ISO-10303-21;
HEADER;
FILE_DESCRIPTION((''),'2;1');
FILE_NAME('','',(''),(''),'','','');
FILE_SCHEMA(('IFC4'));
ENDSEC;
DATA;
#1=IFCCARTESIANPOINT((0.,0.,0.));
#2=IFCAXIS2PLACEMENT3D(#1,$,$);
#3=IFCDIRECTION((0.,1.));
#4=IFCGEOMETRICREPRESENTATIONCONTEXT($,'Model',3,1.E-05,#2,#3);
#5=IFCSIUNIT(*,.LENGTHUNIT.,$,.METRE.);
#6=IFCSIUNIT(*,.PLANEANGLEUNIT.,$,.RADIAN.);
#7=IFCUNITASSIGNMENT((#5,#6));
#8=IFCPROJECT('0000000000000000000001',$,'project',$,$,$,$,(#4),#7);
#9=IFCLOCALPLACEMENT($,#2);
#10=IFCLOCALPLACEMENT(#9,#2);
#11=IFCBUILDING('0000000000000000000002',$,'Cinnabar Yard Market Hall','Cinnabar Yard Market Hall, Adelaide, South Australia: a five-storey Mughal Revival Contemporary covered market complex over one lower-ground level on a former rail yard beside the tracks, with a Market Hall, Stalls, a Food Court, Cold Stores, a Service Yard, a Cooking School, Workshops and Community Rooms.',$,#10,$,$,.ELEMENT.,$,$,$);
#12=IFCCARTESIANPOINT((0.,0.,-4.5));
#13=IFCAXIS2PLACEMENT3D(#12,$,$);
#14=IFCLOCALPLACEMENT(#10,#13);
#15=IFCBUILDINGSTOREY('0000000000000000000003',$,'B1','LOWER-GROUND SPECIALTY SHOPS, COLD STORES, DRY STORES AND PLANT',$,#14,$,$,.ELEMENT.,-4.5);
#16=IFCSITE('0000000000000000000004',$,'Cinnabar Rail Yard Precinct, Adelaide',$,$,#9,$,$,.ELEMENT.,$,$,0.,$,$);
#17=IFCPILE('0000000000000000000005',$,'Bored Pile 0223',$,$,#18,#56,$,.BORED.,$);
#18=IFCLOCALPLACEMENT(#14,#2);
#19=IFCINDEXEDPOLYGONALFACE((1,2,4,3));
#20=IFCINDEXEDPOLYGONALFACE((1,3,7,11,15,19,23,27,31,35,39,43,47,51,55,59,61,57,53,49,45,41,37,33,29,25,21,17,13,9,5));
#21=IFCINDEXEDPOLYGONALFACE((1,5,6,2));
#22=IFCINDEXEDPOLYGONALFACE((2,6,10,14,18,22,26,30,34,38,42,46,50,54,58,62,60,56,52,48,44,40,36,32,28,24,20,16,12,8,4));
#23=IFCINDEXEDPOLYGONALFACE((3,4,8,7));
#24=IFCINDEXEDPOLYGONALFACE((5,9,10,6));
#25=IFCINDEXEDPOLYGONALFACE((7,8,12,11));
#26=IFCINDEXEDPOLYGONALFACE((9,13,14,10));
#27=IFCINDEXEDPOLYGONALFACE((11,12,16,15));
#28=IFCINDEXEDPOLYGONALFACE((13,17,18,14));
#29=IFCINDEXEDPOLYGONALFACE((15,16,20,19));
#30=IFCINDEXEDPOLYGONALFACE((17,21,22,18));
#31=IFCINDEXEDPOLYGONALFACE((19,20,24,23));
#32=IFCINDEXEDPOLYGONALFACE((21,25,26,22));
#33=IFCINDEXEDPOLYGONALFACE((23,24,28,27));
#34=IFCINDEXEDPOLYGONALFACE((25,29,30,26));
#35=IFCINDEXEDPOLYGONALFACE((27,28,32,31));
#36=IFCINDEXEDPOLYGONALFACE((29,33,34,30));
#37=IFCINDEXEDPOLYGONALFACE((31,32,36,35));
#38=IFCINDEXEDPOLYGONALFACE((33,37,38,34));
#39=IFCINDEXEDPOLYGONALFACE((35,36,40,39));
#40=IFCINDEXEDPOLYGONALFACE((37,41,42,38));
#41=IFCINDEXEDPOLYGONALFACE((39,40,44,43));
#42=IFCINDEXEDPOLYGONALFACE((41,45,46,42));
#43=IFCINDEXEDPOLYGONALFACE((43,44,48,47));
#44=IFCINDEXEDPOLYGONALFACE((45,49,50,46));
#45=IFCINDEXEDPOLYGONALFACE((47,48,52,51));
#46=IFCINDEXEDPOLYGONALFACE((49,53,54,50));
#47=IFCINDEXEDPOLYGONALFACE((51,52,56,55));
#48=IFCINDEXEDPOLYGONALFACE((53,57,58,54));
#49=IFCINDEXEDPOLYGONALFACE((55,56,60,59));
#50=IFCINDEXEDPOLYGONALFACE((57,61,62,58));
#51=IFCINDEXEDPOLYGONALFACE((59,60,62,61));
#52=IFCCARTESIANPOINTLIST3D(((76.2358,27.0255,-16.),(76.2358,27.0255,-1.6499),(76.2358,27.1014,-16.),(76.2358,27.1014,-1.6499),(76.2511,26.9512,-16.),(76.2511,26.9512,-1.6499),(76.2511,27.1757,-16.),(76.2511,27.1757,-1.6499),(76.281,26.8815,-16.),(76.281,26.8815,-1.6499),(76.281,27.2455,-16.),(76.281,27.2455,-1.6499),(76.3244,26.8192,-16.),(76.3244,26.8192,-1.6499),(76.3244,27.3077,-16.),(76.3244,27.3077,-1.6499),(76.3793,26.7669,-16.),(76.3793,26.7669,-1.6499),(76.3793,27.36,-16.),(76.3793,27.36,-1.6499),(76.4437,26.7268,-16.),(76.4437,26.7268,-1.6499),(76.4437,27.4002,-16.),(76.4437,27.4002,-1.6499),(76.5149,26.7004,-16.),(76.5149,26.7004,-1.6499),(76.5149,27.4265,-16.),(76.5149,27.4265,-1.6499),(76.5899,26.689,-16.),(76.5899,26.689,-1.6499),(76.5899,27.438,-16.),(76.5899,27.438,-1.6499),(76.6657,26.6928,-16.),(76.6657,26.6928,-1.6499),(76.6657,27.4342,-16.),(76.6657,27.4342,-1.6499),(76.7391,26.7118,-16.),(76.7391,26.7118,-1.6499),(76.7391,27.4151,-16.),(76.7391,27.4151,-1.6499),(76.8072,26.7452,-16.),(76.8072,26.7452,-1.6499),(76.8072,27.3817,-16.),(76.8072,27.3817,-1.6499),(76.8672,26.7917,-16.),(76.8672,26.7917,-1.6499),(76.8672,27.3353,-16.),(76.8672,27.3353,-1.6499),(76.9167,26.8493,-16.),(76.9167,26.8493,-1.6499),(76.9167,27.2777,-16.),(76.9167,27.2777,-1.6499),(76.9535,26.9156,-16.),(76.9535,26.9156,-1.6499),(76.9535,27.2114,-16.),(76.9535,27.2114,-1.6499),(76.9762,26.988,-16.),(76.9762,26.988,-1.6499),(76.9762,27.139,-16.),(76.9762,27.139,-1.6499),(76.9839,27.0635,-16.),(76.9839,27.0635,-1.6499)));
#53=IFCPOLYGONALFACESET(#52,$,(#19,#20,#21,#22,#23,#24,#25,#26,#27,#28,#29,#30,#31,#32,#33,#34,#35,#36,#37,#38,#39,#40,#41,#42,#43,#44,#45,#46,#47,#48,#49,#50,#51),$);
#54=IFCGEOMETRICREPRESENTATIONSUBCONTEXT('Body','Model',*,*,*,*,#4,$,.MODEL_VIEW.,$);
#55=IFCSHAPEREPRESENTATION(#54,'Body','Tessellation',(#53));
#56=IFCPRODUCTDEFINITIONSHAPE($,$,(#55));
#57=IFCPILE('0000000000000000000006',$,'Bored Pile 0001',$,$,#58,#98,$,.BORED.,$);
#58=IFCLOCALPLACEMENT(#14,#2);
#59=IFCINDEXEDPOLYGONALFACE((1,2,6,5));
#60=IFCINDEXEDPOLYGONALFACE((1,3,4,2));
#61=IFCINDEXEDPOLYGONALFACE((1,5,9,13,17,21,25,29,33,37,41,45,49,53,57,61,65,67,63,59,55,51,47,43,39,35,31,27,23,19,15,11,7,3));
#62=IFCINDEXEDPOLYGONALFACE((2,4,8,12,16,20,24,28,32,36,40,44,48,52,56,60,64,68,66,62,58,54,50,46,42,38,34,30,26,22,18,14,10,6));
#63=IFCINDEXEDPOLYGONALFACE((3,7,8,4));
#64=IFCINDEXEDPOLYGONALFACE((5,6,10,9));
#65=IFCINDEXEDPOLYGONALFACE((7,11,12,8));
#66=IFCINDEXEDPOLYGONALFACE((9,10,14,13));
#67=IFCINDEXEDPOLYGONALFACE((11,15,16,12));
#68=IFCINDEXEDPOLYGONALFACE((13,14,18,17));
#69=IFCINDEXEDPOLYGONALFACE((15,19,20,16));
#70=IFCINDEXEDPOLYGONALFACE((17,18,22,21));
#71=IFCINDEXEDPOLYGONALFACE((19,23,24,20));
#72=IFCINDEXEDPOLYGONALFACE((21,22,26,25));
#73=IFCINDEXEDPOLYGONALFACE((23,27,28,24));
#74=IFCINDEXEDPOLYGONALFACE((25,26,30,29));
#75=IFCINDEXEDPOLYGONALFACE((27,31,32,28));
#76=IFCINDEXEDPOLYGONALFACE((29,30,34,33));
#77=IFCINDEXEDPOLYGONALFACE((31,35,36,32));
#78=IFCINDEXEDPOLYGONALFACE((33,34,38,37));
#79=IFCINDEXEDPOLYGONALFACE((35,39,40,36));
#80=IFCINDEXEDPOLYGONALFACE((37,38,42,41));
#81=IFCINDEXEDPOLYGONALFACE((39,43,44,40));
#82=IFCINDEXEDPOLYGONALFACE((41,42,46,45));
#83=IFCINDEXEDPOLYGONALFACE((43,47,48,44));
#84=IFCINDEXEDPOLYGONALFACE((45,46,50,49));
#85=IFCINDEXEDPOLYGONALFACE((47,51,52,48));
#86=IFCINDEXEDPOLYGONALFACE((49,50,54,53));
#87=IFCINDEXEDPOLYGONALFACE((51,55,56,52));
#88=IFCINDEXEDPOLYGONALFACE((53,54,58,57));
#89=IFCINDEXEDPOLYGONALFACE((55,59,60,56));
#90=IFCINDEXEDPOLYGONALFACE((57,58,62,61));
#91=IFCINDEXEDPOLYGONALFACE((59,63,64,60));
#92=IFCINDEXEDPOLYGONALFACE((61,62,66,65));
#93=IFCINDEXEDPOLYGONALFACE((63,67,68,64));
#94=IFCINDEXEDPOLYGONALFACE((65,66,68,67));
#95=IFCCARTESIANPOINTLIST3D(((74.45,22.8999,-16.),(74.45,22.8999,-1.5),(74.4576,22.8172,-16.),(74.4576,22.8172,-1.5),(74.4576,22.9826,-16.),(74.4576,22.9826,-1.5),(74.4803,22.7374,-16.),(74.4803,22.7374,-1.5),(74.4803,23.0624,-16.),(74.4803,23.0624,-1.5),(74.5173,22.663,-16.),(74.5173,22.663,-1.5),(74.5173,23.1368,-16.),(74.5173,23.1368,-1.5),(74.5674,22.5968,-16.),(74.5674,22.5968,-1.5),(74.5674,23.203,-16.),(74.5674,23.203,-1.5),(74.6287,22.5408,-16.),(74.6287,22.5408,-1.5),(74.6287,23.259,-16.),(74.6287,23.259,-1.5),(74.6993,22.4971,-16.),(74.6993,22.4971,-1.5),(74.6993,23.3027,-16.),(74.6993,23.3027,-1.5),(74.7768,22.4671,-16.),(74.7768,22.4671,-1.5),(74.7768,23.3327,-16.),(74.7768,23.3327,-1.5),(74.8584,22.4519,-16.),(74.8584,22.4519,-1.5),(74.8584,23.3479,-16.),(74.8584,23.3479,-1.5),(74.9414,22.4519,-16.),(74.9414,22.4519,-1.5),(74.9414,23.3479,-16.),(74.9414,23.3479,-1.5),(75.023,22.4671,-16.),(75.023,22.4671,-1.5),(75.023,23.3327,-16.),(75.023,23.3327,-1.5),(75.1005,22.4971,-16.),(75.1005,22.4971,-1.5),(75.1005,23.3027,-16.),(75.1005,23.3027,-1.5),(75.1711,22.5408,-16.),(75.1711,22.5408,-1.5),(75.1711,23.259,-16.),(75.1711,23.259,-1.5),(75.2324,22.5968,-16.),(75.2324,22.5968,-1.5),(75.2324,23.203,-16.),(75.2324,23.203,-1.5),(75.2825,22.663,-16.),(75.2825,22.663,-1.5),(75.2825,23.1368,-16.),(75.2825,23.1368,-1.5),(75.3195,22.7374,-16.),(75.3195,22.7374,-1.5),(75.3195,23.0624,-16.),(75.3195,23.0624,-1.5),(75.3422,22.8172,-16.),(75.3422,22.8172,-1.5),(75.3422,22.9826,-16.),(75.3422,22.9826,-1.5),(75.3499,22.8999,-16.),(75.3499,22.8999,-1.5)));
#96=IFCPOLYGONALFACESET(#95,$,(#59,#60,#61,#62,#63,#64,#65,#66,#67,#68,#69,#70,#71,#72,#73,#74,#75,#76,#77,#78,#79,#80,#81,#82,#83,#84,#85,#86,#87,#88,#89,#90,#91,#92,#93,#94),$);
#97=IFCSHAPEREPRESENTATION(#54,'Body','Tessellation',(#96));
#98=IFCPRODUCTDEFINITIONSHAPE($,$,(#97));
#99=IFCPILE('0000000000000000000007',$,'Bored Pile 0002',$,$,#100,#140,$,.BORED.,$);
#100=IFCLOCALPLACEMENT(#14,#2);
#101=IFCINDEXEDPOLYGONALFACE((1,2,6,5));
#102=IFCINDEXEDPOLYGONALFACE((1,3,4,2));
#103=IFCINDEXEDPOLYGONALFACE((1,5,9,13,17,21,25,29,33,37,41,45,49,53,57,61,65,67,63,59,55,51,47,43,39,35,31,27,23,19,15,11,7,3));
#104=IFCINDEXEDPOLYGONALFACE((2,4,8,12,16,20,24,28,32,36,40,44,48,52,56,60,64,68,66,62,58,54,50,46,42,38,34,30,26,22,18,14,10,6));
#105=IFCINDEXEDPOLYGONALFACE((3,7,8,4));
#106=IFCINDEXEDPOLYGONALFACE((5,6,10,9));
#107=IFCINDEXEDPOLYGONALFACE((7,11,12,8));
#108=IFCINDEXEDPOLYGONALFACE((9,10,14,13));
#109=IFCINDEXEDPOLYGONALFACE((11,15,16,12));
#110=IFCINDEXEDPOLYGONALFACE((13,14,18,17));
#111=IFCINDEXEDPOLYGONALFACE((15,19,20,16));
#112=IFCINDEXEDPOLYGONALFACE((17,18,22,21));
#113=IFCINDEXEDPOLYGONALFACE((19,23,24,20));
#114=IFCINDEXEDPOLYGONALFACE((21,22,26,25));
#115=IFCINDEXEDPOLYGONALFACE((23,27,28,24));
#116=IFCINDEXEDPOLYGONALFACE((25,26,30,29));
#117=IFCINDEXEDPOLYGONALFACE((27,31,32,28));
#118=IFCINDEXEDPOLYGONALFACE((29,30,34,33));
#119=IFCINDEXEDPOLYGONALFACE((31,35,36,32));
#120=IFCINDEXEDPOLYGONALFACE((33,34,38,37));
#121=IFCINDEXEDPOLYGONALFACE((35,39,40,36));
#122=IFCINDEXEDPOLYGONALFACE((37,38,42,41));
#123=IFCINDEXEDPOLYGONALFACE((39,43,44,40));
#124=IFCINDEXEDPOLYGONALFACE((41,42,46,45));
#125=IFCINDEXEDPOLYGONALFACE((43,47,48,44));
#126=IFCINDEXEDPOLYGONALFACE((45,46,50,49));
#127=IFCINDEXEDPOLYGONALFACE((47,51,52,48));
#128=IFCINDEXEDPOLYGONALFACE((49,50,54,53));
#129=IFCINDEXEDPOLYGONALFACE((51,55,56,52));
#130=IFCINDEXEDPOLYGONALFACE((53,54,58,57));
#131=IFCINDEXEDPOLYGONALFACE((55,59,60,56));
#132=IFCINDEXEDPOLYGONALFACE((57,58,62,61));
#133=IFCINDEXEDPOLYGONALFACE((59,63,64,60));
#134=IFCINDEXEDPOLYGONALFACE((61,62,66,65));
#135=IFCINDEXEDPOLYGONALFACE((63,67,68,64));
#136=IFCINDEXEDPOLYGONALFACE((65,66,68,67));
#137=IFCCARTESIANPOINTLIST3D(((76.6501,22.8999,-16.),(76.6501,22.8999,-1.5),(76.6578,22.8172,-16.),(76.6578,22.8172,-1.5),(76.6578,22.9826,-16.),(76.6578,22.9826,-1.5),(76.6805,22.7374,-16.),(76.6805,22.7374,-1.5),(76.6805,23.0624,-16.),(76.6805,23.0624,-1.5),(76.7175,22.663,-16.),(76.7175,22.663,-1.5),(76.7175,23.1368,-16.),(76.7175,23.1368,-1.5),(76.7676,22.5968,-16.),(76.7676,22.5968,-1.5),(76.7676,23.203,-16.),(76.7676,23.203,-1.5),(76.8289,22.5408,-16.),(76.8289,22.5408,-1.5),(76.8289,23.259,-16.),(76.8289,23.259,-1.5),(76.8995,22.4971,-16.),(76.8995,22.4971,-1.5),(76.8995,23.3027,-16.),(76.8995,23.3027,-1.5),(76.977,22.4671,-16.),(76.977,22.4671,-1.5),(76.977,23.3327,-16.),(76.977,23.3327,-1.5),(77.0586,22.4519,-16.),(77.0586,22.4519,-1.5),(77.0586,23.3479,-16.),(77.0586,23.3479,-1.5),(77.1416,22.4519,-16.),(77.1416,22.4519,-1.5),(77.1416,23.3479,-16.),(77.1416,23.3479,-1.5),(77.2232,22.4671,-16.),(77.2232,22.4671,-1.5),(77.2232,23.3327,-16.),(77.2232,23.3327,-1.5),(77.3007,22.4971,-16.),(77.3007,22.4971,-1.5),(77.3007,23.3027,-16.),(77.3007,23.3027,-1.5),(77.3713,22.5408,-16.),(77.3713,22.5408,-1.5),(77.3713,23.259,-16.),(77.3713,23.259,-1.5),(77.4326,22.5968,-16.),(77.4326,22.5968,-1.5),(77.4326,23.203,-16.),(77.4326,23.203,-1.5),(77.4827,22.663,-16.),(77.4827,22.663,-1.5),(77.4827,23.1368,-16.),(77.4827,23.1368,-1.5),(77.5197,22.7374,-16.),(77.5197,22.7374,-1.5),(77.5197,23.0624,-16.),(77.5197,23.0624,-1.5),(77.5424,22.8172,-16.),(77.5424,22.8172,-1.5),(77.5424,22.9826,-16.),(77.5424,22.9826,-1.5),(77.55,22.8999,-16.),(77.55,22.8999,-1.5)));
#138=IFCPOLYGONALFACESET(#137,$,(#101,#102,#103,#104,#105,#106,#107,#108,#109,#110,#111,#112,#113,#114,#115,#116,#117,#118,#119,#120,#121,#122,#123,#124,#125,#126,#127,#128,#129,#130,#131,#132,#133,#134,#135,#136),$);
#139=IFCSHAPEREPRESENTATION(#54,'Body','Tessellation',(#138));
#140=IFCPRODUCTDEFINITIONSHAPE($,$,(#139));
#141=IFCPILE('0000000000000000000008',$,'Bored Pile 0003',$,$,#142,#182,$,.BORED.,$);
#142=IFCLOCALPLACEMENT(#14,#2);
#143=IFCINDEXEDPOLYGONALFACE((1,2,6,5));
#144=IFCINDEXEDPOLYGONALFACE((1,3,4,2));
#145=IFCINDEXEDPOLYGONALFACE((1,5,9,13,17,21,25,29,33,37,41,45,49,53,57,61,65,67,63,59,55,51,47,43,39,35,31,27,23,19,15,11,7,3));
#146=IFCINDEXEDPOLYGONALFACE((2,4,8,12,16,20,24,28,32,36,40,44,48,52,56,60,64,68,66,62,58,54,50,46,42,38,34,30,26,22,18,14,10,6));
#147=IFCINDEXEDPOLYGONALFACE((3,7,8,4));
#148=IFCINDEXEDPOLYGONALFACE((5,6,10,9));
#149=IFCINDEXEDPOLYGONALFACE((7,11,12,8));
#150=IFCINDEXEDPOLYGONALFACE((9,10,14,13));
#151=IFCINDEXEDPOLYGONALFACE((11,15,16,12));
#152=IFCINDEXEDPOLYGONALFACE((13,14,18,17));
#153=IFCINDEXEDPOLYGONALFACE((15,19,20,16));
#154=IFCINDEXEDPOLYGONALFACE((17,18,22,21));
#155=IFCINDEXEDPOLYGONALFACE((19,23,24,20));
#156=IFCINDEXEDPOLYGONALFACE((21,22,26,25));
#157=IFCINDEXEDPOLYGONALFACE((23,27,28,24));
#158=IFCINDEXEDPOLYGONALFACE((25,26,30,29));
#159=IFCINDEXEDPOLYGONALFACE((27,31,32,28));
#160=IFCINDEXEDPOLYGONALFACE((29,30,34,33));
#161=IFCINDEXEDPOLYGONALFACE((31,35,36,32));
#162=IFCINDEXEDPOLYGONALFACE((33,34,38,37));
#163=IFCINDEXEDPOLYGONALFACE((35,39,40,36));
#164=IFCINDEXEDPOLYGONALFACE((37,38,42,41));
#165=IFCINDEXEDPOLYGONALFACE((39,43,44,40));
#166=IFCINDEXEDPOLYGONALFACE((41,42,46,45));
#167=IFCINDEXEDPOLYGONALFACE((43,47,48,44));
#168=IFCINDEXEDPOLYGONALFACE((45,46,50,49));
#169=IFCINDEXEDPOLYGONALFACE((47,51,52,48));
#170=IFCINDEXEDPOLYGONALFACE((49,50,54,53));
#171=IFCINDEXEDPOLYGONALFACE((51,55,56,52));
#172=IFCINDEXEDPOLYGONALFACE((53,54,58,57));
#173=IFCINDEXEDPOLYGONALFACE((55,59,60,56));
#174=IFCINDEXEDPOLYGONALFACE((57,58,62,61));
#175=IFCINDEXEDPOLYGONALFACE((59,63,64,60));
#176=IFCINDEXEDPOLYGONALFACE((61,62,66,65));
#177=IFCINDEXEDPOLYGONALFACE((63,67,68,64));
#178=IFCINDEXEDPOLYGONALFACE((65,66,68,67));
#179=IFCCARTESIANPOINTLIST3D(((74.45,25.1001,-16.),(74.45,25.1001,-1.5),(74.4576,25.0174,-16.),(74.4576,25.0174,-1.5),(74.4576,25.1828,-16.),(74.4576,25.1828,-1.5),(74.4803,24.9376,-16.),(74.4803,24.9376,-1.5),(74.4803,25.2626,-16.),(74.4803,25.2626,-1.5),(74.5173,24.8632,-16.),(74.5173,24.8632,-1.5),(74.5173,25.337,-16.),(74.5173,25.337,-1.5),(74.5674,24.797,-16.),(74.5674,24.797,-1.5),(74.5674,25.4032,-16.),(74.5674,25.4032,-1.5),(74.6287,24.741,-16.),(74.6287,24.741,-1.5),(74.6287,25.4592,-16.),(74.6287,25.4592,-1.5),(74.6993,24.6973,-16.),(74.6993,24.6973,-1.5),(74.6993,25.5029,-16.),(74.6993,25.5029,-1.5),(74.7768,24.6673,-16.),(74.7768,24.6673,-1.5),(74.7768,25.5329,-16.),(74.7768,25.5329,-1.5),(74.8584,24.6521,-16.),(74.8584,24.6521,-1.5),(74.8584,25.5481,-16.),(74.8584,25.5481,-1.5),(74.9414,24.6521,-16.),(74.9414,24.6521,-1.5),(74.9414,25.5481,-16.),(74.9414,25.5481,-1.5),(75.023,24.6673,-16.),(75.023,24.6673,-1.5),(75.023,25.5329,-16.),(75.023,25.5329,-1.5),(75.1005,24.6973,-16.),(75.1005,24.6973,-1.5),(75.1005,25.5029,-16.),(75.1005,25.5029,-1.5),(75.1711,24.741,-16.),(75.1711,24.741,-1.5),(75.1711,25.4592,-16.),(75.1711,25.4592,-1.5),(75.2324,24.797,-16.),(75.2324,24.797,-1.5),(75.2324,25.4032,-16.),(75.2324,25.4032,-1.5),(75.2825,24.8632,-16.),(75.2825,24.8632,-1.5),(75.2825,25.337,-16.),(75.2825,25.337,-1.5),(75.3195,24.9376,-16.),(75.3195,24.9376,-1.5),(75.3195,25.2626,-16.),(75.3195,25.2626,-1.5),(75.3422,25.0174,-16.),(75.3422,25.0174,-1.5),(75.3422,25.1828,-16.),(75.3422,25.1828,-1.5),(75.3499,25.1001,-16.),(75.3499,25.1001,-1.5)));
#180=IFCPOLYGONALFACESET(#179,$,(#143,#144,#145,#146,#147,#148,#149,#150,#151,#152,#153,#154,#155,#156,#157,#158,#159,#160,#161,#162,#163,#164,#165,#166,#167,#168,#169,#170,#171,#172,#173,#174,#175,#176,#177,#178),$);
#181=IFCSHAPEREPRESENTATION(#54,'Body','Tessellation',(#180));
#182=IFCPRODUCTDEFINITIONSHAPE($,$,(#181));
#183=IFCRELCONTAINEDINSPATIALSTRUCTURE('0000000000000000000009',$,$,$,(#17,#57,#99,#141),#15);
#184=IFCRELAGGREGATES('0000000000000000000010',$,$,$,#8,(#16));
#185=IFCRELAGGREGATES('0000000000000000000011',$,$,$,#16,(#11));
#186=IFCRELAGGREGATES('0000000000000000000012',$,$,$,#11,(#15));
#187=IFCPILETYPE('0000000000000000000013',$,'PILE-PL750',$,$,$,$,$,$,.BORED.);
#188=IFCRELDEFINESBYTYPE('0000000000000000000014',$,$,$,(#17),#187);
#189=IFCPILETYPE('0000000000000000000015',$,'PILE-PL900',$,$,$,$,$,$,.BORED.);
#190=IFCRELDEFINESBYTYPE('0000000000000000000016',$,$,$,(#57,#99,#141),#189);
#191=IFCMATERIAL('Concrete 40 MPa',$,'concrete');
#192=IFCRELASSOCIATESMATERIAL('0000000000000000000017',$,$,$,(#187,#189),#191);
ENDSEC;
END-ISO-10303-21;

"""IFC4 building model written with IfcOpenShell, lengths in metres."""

from ifc_helpers import new_model, si_unit, direction, frame, origin, origin_2d_with_axis, place, context, subcontext, project, spatial, circle, extrude, material, material_profile, profile_set, type_object, element, save


model = new_model("IFC4")

# Units and contexts
model_context = context("Model", 3, precision=1e-05, world=origin(), true_north=direction((0.0, 1.0)))
body_context = subcontext(model_context, "Body", "Model", "MODEL_VIEW")
ifc_project = project(units=[si_unit("LENGTHUNIT", "METRE"), si_unit("PLANEANGLEUNIT", "RADIAN")], contexts=[model_context])

# Site, building, storey
site_placement = place(None, origin())
site = spatial("IfcSite", under=ifc_project, at=site_placement, Name="Cinnabar Rail Yard Precinct, Adelaide", CompositionType="ELEMENT", RefElevation=0.0)
building_placement = place(site_placement, origin())
building = spatial("IfcBuilding", under=site, at=building_placement, Name="Cinnabar Yard Market Hall", Description="Cinnabar Yard Market Hall, Adelaide, South Australia: a five-storey Mughal Revival Contemporary covered market complex over one lower-ground level on a former rail yard beside the tracks, with a Market Hall, Stalls, a Food Court, Cold Stores, a Service Yard, a Cooking School, Workshops and Community Rooms.", CompositionType="ELEMENT")
storey_placement = place(building_placement, frame((0.0, 0.0, -4.5)))
storey = spatial("IfcBuildingStorey", under=building, at=storey_placement, Name="B1", Description="LOWER-GROUND SPECIALTY SHOPS, COLD STORES, DRY STORES AND PLANT", CompositionType="ELEMENT", Elevation=-4.5)

# Shared definitions
ifc_material_1 = material(Name="Concrete 40 MPa", Category="concrete")

# Piles
ifc_material_profile_1 = material_profile(ifc_material_1, circle(Radius=0.375, at=origin_2d_with_axis()), Name="PILE-D750")
ifc_profile_set_1 = profile_set([ifc_material_profile_1], Name="Concrete 40 MPa")
pile_type_1 = type_object("IfcPileType", Name="PILE-PL750", PredefinedType="BORED", material=ifc_profile_set_1)
pile_placement = place(storey_placement, frame((76.6089, 27.0635, -1.6499), z_axis=(0.0, 0.0, -1.0), x_axis=(1.0, 0.0, 0.0)))
element("IfcPile", 1, at=pile_placement, inside=storey, type_object=pile_type_1, Name="Bored Pile 0223", PredefinedType="BORED", context=body_context, shape_type="SweptSolid", body=[
    extrude(circle(Radius=0.375, at=origin_2d_with_axis()), origin(), (0.0, 0.0, 1.0), 14.3501),
])
ifc_material_profile_2 = material_profile(ifc_material_1, circle(Radius=0.45, at=origin_2d_with_axis()), Name="PILE-D900")
ifc_profile_set_2 = profile_set([ifc_material_profile_2], Name="Concrete 40 MPa")
pile_type_2 = type_object("IfcPileType", Name="PILE-PL900", PredefinedType="BORED", material=ifc_profile_set_2)
for number, where, z_axis, x_axis, name in (
    (2, (74.8999, 22.8999, -1.5), (0.0, 0.0, -1.0), (1.0, 0.0, 0.0), "Bored Pile 0001"),
    (3, (77.1001, 22.8999, -1.5), (0.0, 0.0, -1.0), (1.0, 0.0, 0.0), "Bored Pile 0002"),
    (4, (74.8999, 25.1001, -1.5), (0.0, 0.0, -1.0), (1.0, 0.0, 0.0), "Bored Pile 0003"),
):
    element("IfcPile", number, at=place(storey_placement, frame(where, z_axis=z_axis, x_axis=x_axis)), inside=storey, type_object=pile_type_2, Name=name, PredefinedType="BORED", context=body_context, shape_type="SweptSolid", body=[
        extrude(circle(Radius=0.45, at=origin_2d_with_axis()), origin(), (0.0, 0.0, 1.0), 14.5),
    ])

save(model, "model.ifc")
